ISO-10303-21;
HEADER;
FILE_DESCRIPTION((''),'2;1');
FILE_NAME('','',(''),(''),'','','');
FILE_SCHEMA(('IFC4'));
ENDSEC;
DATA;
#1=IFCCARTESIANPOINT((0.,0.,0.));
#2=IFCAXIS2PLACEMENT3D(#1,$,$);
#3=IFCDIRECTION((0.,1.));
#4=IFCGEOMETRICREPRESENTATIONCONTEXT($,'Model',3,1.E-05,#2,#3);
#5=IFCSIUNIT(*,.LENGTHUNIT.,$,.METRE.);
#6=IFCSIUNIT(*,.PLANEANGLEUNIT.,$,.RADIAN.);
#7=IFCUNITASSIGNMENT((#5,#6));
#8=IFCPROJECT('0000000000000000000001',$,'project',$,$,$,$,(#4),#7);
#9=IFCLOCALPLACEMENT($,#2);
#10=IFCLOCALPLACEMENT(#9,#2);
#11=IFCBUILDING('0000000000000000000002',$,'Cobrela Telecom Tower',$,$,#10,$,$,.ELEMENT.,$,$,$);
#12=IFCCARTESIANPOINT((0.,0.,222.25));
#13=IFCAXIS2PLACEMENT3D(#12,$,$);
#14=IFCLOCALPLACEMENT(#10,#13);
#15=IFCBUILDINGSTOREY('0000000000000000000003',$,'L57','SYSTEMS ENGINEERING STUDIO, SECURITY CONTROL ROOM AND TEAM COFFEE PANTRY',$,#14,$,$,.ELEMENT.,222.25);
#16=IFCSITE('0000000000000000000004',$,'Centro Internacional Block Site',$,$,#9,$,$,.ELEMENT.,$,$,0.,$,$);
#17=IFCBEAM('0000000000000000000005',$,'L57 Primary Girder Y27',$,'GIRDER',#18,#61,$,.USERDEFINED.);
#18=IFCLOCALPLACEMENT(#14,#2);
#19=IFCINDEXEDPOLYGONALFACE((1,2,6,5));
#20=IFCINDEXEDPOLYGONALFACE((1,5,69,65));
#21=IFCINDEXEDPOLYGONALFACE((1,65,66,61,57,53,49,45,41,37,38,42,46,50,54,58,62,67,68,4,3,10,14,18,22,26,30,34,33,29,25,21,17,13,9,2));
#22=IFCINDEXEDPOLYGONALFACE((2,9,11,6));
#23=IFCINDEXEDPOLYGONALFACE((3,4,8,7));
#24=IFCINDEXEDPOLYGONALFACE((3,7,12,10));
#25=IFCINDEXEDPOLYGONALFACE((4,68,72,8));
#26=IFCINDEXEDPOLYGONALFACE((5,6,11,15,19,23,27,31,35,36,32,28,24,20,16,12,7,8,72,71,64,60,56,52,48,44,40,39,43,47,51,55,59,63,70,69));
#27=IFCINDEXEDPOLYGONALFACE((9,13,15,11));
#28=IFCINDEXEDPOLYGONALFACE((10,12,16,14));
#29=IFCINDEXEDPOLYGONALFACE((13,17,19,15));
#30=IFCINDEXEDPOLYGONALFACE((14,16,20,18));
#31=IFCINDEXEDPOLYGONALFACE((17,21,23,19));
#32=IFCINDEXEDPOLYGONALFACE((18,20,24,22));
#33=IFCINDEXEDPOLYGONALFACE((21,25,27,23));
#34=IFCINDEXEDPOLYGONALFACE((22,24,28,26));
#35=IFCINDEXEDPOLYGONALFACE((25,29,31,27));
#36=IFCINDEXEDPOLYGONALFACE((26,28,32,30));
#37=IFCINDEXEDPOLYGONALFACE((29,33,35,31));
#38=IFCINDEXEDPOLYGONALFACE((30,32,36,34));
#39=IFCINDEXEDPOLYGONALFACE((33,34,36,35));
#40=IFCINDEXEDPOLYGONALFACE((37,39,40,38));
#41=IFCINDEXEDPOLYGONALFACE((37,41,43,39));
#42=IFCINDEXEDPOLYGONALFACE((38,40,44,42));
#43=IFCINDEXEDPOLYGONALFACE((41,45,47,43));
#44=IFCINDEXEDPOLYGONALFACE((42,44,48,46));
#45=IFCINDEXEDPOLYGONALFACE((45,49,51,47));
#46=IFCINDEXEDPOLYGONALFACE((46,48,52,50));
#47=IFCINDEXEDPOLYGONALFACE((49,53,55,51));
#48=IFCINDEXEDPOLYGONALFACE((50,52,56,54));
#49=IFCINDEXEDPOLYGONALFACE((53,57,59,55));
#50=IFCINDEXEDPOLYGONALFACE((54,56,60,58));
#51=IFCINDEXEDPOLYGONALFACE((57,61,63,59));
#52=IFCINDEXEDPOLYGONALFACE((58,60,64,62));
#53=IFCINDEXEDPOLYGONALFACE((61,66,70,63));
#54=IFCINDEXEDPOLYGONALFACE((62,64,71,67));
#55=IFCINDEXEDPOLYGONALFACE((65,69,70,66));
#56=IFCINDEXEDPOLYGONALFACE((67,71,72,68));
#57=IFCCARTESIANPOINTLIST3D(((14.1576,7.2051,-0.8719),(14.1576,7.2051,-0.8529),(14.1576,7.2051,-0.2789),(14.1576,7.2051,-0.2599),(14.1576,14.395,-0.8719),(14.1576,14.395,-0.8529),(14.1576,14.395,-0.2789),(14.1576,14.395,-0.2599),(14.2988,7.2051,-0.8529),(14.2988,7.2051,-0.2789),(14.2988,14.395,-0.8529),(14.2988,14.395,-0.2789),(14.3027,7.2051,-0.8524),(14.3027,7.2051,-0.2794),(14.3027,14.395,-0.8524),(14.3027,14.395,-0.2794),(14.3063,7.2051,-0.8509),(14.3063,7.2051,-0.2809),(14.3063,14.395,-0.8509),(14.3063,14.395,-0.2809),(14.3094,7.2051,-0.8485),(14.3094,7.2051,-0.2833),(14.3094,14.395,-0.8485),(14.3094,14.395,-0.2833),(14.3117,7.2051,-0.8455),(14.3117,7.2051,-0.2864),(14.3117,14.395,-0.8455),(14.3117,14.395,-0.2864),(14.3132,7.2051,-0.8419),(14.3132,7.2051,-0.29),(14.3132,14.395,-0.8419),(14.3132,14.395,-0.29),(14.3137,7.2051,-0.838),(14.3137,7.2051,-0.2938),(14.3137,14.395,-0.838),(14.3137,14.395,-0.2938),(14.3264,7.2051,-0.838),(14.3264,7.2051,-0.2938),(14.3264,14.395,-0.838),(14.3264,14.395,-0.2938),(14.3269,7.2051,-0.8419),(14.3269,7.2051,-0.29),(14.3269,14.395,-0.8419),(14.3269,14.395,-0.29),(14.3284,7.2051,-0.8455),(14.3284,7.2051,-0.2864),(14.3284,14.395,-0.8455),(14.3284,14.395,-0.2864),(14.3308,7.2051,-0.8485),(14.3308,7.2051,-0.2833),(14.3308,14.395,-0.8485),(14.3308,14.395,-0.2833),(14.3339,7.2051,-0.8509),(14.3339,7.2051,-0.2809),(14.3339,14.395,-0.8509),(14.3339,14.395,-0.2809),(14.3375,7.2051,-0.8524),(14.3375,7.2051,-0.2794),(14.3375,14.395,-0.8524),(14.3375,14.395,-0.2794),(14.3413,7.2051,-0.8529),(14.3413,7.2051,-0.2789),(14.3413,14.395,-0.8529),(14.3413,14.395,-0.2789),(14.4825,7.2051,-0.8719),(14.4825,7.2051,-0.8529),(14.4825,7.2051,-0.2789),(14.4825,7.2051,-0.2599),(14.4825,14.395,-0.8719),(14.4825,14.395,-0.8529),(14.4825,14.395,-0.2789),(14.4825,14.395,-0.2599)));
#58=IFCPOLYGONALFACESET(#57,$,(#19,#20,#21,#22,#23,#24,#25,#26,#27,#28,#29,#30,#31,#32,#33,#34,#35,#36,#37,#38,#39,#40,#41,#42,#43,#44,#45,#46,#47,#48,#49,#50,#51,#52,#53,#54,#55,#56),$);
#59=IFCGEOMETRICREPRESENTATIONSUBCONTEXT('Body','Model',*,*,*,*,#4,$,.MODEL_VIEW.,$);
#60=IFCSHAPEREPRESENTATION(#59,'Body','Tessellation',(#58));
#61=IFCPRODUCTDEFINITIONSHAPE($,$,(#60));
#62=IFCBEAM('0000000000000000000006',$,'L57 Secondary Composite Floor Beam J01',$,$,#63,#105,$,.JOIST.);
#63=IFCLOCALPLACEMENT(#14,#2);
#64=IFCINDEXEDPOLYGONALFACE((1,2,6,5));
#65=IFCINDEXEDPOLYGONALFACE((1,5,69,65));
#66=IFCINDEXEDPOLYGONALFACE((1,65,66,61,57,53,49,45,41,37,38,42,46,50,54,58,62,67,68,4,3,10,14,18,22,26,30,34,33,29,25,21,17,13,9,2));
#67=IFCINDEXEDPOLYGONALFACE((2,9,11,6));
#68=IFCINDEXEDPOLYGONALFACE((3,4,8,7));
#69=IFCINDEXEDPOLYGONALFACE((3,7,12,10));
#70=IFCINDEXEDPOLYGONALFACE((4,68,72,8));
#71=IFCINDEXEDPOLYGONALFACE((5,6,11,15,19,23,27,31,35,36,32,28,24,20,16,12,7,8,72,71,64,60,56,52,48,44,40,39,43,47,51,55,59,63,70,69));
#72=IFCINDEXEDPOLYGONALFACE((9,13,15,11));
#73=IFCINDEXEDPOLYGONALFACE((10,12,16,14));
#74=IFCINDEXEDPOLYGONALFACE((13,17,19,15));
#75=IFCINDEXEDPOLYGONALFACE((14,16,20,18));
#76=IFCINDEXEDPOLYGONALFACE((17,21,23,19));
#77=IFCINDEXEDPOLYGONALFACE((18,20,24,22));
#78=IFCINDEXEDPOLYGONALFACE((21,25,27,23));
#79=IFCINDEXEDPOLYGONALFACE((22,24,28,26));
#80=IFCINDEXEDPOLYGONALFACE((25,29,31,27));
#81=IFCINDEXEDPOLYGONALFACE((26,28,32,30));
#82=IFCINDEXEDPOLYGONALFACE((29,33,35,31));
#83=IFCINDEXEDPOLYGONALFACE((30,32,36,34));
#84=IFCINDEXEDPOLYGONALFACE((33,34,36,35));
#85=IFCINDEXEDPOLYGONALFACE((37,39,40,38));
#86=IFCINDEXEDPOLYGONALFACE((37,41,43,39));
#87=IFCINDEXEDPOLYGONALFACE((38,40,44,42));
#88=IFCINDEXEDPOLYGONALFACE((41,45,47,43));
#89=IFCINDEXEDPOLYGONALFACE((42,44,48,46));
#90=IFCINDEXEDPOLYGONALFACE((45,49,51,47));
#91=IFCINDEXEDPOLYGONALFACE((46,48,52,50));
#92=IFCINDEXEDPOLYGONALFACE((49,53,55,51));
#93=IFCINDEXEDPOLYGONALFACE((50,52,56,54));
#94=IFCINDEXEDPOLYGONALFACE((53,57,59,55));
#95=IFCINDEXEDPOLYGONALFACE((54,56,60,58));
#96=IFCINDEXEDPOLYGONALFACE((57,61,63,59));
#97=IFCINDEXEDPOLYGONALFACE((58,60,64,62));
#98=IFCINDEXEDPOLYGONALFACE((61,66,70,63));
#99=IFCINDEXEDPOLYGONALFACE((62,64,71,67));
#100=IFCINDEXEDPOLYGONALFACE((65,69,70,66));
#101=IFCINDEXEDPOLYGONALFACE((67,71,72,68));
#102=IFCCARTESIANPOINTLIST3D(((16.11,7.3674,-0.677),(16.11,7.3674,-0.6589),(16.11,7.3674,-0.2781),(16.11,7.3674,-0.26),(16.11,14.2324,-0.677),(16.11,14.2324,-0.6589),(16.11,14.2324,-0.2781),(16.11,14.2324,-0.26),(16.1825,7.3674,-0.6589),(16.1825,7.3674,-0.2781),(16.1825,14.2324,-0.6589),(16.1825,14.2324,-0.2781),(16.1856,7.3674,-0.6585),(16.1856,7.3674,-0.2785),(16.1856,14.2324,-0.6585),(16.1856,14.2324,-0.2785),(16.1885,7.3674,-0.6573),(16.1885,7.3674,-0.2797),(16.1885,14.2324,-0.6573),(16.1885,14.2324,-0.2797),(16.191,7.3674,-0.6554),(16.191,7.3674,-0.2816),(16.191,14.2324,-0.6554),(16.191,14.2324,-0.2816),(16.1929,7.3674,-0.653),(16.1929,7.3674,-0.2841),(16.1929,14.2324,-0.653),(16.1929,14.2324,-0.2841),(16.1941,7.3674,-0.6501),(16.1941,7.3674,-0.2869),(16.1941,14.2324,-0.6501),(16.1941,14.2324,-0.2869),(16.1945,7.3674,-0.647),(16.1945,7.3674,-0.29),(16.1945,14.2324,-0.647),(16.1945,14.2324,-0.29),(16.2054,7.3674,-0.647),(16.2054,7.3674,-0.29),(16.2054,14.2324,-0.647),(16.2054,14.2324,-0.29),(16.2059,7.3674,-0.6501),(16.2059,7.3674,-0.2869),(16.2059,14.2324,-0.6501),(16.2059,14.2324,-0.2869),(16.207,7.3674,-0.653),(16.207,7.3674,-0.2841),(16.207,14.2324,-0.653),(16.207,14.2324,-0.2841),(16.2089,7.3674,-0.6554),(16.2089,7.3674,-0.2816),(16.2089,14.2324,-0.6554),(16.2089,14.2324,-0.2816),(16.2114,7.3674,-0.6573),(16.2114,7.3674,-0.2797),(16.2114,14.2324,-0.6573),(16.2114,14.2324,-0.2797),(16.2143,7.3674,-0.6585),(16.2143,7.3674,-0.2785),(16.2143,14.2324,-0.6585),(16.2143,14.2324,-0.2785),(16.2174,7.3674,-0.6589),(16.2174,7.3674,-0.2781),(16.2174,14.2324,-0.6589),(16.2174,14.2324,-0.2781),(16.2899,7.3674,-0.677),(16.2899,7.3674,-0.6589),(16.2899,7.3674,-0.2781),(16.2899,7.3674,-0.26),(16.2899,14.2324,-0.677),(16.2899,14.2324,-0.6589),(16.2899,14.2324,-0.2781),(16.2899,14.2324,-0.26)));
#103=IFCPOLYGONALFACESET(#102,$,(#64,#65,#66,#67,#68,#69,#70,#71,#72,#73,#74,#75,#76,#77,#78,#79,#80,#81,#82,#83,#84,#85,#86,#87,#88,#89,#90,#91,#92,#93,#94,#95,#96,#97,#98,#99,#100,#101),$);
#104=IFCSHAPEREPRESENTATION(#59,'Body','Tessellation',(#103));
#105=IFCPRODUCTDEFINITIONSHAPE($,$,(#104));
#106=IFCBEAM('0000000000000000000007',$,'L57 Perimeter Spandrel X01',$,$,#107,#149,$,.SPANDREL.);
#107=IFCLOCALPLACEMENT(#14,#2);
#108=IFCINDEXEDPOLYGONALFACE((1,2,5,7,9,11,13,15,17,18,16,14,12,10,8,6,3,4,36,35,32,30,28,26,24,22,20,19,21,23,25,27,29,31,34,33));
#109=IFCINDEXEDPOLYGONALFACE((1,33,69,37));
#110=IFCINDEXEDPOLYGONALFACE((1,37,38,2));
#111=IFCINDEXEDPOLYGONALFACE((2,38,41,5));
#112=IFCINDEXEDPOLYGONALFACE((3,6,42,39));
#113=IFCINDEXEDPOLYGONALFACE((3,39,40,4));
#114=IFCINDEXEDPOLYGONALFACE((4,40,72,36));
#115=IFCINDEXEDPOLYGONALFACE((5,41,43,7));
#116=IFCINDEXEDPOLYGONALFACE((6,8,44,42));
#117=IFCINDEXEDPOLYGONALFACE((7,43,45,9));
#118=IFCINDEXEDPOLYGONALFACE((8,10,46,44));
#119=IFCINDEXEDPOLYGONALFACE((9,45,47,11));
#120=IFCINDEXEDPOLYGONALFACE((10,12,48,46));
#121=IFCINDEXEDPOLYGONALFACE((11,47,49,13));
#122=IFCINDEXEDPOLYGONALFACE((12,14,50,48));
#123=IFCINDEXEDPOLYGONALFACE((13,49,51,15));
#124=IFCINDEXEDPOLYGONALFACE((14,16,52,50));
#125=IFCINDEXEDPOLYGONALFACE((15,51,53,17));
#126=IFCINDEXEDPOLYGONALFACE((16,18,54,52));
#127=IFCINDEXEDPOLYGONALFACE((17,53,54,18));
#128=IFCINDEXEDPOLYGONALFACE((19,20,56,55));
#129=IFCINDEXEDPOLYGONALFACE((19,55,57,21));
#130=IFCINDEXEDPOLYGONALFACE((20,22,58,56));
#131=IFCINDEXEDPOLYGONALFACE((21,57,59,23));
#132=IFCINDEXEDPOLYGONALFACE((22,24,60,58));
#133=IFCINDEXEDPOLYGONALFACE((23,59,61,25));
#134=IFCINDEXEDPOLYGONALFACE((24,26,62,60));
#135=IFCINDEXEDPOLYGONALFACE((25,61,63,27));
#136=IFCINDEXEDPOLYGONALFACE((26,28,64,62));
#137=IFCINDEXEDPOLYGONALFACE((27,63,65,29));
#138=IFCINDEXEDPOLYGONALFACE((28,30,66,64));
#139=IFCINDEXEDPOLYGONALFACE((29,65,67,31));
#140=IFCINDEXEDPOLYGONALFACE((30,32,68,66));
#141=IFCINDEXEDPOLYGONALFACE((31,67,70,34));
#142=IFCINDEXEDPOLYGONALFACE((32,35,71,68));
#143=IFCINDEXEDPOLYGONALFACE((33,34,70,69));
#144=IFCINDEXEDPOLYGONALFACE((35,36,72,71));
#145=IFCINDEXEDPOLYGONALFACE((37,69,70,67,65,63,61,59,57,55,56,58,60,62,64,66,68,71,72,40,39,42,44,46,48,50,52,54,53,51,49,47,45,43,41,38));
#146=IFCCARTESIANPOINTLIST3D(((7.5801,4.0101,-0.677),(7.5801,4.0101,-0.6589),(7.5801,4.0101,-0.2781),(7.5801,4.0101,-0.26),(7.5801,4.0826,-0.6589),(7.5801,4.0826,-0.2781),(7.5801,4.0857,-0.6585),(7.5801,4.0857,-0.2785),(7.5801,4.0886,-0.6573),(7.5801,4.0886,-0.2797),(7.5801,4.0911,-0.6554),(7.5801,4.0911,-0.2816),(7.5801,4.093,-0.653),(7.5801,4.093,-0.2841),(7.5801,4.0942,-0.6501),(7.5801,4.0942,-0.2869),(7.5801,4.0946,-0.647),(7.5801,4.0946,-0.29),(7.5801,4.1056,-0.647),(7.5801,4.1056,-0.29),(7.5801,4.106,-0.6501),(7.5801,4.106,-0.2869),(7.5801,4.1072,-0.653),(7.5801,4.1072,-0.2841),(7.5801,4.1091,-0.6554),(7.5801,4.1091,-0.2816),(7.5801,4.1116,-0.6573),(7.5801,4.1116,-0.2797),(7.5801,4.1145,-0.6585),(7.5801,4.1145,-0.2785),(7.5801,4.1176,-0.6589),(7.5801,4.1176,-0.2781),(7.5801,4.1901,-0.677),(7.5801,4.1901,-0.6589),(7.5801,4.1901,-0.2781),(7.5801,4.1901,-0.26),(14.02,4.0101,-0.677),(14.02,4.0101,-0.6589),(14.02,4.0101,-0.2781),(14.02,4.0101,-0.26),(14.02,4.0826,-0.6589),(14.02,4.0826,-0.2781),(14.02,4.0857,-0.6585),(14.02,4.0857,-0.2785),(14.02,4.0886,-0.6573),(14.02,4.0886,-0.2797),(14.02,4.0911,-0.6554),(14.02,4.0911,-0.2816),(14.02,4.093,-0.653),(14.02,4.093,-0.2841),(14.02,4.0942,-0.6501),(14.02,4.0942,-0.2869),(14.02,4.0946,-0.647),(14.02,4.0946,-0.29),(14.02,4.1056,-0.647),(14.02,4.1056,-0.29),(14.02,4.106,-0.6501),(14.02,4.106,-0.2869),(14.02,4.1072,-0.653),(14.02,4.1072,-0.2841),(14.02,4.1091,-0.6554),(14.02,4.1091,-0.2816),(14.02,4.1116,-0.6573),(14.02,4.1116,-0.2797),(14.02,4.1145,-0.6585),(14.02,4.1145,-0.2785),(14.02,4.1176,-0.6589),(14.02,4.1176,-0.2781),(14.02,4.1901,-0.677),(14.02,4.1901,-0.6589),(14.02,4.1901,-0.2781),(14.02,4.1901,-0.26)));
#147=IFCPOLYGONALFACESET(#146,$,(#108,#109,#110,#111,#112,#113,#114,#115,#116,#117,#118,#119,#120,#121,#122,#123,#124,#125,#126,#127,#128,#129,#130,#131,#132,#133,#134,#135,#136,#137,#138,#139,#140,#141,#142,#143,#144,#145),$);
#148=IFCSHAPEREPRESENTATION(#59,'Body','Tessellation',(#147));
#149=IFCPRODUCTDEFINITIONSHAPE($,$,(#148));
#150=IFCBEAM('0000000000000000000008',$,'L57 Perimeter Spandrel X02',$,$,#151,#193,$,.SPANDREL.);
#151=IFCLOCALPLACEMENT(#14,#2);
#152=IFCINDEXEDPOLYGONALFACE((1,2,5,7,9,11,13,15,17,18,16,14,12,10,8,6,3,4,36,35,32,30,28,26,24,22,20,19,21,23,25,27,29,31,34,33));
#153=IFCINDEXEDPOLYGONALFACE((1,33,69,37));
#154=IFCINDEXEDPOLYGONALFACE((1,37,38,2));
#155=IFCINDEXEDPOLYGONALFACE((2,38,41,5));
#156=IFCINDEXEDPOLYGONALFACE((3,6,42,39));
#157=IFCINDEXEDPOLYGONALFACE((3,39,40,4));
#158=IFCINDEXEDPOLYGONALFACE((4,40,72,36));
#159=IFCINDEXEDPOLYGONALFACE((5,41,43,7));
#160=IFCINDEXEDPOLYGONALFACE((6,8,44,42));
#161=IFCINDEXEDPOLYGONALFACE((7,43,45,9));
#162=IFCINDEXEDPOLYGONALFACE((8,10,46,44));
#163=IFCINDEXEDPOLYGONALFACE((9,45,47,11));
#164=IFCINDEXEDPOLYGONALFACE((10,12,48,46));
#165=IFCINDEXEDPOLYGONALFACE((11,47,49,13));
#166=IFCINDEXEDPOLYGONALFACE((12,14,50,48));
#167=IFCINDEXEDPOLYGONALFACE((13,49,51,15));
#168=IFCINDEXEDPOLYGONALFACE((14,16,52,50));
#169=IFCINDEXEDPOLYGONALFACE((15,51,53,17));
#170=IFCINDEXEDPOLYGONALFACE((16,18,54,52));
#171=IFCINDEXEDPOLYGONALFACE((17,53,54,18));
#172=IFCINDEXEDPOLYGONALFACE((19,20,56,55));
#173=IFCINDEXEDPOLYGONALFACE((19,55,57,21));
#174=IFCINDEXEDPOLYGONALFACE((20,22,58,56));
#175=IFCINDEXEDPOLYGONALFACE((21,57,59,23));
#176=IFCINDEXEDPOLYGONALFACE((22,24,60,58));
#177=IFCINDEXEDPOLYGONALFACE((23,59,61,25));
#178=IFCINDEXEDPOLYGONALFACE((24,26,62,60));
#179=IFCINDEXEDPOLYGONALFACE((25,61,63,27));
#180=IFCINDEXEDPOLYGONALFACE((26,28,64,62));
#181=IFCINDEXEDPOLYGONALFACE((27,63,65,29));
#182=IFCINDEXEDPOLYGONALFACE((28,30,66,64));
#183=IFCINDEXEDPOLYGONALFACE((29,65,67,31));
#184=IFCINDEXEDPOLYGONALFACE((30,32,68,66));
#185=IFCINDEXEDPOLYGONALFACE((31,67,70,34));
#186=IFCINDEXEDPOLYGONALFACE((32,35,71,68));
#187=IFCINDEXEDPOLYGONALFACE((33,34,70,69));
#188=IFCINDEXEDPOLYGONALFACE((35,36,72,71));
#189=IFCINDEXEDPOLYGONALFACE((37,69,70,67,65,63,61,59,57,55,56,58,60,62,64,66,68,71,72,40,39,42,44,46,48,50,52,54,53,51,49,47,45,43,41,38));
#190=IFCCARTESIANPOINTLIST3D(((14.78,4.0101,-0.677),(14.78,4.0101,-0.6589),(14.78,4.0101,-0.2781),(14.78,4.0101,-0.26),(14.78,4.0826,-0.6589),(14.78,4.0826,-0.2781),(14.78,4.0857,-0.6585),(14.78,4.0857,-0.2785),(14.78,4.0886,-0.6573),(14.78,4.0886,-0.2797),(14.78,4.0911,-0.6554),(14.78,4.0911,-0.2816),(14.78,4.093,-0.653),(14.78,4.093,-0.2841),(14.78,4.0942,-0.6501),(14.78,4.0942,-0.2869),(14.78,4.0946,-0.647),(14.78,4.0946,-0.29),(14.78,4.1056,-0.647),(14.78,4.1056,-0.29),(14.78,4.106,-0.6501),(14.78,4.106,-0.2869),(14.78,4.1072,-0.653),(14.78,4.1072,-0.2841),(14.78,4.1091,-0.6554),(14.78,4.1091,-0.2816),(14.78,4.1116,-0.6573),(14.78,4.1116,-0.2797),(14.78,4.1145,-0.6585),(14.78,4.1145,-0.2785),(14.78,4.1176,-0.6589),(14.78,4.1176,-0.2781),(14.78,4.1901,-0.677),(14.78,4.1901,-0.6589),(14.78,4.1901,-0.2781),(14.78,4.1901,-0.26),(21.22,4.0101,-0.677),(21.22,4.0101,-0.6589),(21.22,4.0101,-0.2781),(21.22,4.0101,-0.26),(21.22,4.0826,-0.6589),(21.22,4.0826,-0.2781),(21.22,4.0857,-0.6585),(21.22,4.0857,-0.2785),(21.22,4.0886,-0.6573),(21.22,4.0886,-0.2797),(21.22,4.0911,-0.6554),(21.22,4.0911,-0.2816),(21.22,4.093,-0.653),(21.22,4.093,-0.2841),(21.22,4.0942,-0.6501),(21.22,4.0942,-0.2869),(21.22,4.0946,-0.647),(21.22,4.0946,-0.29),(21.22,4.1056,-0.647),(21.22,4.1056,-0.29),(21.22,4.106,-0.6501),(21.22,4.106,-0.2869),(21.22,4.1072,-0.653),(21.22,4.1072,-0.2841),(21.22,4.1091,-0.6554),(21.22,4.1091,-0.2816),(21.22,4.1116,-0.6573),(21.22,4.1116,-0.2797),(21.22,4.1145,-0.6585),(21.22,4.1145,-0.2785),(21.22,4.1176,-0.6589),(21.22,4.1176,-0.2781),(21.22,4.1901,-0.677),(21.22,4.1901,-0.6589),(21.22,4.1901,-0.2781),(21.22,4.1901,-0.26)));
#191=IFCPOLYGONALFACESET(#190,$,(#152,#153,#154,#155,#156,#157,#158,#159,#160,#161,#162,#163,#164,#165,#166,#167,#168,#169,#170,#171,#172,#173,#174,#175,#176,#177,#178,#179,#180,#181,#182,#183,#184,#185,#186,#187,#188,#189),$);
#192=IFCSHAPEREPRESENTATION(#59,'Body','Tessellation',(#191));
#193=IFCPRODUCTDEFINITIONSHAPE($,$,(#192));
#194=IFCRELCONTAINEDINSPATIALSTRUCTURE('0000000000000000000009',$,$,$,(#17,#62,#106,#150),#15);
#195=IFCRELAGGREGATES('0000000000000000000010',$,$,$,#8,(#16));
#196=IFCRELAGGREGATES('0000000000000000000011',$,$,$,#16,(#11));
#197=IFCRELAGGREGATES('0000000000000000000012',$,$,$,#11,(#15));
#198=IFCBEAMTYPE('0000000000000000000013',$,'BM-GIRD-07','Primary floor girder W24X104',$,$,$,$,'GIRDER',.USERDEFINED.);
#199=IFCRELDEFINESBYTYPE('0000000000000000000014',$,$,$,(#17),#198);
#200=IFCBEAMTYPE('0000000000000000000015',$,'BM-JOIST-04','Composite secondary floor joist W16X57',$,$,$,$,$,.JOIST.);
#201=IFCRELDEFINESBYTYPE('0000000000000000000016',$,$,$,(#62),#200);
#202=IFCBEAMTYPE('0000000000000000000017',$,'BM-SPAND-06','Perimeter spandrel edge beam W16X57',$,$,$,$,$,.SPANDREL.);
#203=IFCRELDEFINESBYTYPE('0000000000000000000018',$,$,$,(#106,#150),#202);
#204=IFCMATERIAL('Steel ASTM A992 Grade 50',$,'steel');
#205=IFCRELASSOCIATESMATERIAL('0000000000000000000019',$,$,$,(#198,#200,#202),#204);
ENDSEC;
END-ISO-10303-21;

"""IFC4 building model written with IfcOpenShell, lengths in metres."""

from ifc_helpers import new_model, si_unit, direction, frame, origin, origin_2d, place, context, subcontext, project, spatial, i_section, extrude, material, material_profile, profile_set, type_object, element, save


model = new_model("IFC4")

# Units and contexts
model_context = context("Model", 3, precision=1e-05, world=origin(), true_north=direction((0.0, 1.0)))
body_context = subcontext(model_context, "Body", "Model", "MODEL_VIEW")
ifc_project = project(units=[si_unit("LENGTHUNIT", "METRE"), si_unit("PLANEANGLEUNIT", "RADIAN")], contexts=[model_context])

# Site, building, storey
site_placement = place(None, origin())
site = spatial("IfcSite", under=ifc_project, at=site_placement, Name="Centro Internacional Block Site", CompositionType="ELEMENT", RefElevation=0.0)
building_placement = place(site_placement, origin())
building = spatial("IfcBuilding", under=site, at=building_placement, Name="Cobrela Telecom Tower", CompositionType="ELEMENT")
storey_placement = place(building_placement, frame((0.0, 0.0, 222.25)))
storey = spatial("IfcBuildingStorey", under=building, at=storey_placement, Name="L57", Description="SYSTEMS ENGINEERING STUDIO, SECURITY CONTROL ROOM AND TEAM COFFEE PANTRY", CompositionType="ELEMENT", Elevation=222.25)

# Beams
ifc_material_1 = material(Name="Steel ASTM A992 Grade 50", Category="steel")
ifc_material_profile_1 = material_profile(ifc_material_1, i_section(OverallWidth=0.325, OverallDepth=0.6121, WebThickness=0.0127, FlangeThickness=0.019, FilletRadius=0.0149, at=origin_2d()), Name="W24X104")
ifc_profile_set_1 = profile_set([ifc_material_profile_1], Name="Steel ASTM A992 Grade 50")
beam_type_1 = type_object("IfcBeamType", Name="BM-GIRD-07", Description="Primary floor girder W24X104", ElementType="GIRDER", PredefinedType="USERDEFINED", material=ifc_profile_set_1)
beam_1_placement = place(storey_placement, frame((14.3201, 7.2051, -0.5659), z_axis=(0.0, 1.0, 0.0), x_axis=(-1.0, 0.0, 0.0)))
element("IfcBeam", 1, at=beam_1_placement, inside=storey, type_object=beam_type_1, Name="L57 Primary Girder Y27", ObjectType="GIRDER", PredefinedType="USERDEFINED", context=body_context, shape_type="SweptSolid", body=[
    extrude(i_section(OverallWidth=0.325, OverallDepth=0.6121, WebThickness=0.0127, FlangeThickness=0.019, FilletRadius=0.0149, at=origin_2d()), origin(), (0.0, 0.0, 1.0), 7.1899),
])
ifc_material_profile_2 = material_profile(ifc_material_1, i_section(OverallWidth=0.1799, OverallDepth=0.417, WebThickness=0.011, FlangeThickness=0.0181, FilletRadius=0.012, at=origin_2d()), Name="W16X57")
ifc_profile_set_2 = profile_set([ifc_material_profile_2], Name="Steel ASTM A992 Grade 50")
beam_type_2 = type_object("IfcBeamType", Name="BM-JOIST-04", Description="Composite secondary floor joist W16X57", PredefinedType="JOIST", material=ifc_profile_set_2)
beam_2_placement = place(storey_placement, frame((16.2, 7.3674, -0.4685), z_axis=(0.0, 1.0, 0.0), x_axis=(-1.0, 0.0, 0.0)))
element("IfcBeam", 2, at=beam_2_placement, inside=storey, type_object=beam_type_2, Name="L57 Secondary Composite Floor Beam J01", PredefinedType="JOIST", context=body_context, shape_type="SweptSolid", body=[
    extrude(i_section(OverallWidth=0.1799, OverallDepth=0.417, WebThickness=0.011, FlangeThickness=0.0181, FilletRadius=0.012, at=origin_2d()), origin(), (0.0, 0.0, 1.0), 6.865),
])
ifc_material_profile_3 = material_profile(ifc_material_1, i_section(OverallWidth=0.1799, OverallDepth=0.417, WebThickness=0.011, FlangeThickness=0.0181, FilletRadius=0.012, at=origin_2d()), Name="W16X57")
ifc_profile_set_3 = profile_set([ifc_material_profile_3], Name="Steel ASTM A992 Grade 50")
beam_type_3 = type_object("IfcBeamType", Name="BM-SPAND-06", Description="Perimeter spandrel edge beam W16X57", PredefinedType="SPANDREL", material=ifc_profile_set_3)
for number, where, z_axis, x_axis, name in (
    (3, (7.5801, 4.1001, -0.4685), (1.0, 0.0, 0.0), (0.0, 1.0, 0.0), "L57 Perimeter Spandrel X01"),
    (4, (14.78, 4.1001, -0.4685), (1.0, 0.0, 0.0), (0.0, 1.0, 0.0), "L57 Perimeter Spandrel X02"),
):
    element("IfcBeam", number, at=place(storey_placement, frame(where, z_axis=z_axis, x_axis=x_axis)), inside=storey, type_object=beam_type_3, Name=name, PredefinedType="SPANDREL", context=body_context, shape_type="SweptSolid", body=[
        extrude(i_section(OverallWidth=0.1799, OverallDepth=0.417, WebThickness=0.011, FlangeThickness=0.0181, FilletRadius=0.012, at=origin_2d()), origin(), (0.0, 0.0, 1.0), 6.4399),
    ])

save(model, "model.ifc")
